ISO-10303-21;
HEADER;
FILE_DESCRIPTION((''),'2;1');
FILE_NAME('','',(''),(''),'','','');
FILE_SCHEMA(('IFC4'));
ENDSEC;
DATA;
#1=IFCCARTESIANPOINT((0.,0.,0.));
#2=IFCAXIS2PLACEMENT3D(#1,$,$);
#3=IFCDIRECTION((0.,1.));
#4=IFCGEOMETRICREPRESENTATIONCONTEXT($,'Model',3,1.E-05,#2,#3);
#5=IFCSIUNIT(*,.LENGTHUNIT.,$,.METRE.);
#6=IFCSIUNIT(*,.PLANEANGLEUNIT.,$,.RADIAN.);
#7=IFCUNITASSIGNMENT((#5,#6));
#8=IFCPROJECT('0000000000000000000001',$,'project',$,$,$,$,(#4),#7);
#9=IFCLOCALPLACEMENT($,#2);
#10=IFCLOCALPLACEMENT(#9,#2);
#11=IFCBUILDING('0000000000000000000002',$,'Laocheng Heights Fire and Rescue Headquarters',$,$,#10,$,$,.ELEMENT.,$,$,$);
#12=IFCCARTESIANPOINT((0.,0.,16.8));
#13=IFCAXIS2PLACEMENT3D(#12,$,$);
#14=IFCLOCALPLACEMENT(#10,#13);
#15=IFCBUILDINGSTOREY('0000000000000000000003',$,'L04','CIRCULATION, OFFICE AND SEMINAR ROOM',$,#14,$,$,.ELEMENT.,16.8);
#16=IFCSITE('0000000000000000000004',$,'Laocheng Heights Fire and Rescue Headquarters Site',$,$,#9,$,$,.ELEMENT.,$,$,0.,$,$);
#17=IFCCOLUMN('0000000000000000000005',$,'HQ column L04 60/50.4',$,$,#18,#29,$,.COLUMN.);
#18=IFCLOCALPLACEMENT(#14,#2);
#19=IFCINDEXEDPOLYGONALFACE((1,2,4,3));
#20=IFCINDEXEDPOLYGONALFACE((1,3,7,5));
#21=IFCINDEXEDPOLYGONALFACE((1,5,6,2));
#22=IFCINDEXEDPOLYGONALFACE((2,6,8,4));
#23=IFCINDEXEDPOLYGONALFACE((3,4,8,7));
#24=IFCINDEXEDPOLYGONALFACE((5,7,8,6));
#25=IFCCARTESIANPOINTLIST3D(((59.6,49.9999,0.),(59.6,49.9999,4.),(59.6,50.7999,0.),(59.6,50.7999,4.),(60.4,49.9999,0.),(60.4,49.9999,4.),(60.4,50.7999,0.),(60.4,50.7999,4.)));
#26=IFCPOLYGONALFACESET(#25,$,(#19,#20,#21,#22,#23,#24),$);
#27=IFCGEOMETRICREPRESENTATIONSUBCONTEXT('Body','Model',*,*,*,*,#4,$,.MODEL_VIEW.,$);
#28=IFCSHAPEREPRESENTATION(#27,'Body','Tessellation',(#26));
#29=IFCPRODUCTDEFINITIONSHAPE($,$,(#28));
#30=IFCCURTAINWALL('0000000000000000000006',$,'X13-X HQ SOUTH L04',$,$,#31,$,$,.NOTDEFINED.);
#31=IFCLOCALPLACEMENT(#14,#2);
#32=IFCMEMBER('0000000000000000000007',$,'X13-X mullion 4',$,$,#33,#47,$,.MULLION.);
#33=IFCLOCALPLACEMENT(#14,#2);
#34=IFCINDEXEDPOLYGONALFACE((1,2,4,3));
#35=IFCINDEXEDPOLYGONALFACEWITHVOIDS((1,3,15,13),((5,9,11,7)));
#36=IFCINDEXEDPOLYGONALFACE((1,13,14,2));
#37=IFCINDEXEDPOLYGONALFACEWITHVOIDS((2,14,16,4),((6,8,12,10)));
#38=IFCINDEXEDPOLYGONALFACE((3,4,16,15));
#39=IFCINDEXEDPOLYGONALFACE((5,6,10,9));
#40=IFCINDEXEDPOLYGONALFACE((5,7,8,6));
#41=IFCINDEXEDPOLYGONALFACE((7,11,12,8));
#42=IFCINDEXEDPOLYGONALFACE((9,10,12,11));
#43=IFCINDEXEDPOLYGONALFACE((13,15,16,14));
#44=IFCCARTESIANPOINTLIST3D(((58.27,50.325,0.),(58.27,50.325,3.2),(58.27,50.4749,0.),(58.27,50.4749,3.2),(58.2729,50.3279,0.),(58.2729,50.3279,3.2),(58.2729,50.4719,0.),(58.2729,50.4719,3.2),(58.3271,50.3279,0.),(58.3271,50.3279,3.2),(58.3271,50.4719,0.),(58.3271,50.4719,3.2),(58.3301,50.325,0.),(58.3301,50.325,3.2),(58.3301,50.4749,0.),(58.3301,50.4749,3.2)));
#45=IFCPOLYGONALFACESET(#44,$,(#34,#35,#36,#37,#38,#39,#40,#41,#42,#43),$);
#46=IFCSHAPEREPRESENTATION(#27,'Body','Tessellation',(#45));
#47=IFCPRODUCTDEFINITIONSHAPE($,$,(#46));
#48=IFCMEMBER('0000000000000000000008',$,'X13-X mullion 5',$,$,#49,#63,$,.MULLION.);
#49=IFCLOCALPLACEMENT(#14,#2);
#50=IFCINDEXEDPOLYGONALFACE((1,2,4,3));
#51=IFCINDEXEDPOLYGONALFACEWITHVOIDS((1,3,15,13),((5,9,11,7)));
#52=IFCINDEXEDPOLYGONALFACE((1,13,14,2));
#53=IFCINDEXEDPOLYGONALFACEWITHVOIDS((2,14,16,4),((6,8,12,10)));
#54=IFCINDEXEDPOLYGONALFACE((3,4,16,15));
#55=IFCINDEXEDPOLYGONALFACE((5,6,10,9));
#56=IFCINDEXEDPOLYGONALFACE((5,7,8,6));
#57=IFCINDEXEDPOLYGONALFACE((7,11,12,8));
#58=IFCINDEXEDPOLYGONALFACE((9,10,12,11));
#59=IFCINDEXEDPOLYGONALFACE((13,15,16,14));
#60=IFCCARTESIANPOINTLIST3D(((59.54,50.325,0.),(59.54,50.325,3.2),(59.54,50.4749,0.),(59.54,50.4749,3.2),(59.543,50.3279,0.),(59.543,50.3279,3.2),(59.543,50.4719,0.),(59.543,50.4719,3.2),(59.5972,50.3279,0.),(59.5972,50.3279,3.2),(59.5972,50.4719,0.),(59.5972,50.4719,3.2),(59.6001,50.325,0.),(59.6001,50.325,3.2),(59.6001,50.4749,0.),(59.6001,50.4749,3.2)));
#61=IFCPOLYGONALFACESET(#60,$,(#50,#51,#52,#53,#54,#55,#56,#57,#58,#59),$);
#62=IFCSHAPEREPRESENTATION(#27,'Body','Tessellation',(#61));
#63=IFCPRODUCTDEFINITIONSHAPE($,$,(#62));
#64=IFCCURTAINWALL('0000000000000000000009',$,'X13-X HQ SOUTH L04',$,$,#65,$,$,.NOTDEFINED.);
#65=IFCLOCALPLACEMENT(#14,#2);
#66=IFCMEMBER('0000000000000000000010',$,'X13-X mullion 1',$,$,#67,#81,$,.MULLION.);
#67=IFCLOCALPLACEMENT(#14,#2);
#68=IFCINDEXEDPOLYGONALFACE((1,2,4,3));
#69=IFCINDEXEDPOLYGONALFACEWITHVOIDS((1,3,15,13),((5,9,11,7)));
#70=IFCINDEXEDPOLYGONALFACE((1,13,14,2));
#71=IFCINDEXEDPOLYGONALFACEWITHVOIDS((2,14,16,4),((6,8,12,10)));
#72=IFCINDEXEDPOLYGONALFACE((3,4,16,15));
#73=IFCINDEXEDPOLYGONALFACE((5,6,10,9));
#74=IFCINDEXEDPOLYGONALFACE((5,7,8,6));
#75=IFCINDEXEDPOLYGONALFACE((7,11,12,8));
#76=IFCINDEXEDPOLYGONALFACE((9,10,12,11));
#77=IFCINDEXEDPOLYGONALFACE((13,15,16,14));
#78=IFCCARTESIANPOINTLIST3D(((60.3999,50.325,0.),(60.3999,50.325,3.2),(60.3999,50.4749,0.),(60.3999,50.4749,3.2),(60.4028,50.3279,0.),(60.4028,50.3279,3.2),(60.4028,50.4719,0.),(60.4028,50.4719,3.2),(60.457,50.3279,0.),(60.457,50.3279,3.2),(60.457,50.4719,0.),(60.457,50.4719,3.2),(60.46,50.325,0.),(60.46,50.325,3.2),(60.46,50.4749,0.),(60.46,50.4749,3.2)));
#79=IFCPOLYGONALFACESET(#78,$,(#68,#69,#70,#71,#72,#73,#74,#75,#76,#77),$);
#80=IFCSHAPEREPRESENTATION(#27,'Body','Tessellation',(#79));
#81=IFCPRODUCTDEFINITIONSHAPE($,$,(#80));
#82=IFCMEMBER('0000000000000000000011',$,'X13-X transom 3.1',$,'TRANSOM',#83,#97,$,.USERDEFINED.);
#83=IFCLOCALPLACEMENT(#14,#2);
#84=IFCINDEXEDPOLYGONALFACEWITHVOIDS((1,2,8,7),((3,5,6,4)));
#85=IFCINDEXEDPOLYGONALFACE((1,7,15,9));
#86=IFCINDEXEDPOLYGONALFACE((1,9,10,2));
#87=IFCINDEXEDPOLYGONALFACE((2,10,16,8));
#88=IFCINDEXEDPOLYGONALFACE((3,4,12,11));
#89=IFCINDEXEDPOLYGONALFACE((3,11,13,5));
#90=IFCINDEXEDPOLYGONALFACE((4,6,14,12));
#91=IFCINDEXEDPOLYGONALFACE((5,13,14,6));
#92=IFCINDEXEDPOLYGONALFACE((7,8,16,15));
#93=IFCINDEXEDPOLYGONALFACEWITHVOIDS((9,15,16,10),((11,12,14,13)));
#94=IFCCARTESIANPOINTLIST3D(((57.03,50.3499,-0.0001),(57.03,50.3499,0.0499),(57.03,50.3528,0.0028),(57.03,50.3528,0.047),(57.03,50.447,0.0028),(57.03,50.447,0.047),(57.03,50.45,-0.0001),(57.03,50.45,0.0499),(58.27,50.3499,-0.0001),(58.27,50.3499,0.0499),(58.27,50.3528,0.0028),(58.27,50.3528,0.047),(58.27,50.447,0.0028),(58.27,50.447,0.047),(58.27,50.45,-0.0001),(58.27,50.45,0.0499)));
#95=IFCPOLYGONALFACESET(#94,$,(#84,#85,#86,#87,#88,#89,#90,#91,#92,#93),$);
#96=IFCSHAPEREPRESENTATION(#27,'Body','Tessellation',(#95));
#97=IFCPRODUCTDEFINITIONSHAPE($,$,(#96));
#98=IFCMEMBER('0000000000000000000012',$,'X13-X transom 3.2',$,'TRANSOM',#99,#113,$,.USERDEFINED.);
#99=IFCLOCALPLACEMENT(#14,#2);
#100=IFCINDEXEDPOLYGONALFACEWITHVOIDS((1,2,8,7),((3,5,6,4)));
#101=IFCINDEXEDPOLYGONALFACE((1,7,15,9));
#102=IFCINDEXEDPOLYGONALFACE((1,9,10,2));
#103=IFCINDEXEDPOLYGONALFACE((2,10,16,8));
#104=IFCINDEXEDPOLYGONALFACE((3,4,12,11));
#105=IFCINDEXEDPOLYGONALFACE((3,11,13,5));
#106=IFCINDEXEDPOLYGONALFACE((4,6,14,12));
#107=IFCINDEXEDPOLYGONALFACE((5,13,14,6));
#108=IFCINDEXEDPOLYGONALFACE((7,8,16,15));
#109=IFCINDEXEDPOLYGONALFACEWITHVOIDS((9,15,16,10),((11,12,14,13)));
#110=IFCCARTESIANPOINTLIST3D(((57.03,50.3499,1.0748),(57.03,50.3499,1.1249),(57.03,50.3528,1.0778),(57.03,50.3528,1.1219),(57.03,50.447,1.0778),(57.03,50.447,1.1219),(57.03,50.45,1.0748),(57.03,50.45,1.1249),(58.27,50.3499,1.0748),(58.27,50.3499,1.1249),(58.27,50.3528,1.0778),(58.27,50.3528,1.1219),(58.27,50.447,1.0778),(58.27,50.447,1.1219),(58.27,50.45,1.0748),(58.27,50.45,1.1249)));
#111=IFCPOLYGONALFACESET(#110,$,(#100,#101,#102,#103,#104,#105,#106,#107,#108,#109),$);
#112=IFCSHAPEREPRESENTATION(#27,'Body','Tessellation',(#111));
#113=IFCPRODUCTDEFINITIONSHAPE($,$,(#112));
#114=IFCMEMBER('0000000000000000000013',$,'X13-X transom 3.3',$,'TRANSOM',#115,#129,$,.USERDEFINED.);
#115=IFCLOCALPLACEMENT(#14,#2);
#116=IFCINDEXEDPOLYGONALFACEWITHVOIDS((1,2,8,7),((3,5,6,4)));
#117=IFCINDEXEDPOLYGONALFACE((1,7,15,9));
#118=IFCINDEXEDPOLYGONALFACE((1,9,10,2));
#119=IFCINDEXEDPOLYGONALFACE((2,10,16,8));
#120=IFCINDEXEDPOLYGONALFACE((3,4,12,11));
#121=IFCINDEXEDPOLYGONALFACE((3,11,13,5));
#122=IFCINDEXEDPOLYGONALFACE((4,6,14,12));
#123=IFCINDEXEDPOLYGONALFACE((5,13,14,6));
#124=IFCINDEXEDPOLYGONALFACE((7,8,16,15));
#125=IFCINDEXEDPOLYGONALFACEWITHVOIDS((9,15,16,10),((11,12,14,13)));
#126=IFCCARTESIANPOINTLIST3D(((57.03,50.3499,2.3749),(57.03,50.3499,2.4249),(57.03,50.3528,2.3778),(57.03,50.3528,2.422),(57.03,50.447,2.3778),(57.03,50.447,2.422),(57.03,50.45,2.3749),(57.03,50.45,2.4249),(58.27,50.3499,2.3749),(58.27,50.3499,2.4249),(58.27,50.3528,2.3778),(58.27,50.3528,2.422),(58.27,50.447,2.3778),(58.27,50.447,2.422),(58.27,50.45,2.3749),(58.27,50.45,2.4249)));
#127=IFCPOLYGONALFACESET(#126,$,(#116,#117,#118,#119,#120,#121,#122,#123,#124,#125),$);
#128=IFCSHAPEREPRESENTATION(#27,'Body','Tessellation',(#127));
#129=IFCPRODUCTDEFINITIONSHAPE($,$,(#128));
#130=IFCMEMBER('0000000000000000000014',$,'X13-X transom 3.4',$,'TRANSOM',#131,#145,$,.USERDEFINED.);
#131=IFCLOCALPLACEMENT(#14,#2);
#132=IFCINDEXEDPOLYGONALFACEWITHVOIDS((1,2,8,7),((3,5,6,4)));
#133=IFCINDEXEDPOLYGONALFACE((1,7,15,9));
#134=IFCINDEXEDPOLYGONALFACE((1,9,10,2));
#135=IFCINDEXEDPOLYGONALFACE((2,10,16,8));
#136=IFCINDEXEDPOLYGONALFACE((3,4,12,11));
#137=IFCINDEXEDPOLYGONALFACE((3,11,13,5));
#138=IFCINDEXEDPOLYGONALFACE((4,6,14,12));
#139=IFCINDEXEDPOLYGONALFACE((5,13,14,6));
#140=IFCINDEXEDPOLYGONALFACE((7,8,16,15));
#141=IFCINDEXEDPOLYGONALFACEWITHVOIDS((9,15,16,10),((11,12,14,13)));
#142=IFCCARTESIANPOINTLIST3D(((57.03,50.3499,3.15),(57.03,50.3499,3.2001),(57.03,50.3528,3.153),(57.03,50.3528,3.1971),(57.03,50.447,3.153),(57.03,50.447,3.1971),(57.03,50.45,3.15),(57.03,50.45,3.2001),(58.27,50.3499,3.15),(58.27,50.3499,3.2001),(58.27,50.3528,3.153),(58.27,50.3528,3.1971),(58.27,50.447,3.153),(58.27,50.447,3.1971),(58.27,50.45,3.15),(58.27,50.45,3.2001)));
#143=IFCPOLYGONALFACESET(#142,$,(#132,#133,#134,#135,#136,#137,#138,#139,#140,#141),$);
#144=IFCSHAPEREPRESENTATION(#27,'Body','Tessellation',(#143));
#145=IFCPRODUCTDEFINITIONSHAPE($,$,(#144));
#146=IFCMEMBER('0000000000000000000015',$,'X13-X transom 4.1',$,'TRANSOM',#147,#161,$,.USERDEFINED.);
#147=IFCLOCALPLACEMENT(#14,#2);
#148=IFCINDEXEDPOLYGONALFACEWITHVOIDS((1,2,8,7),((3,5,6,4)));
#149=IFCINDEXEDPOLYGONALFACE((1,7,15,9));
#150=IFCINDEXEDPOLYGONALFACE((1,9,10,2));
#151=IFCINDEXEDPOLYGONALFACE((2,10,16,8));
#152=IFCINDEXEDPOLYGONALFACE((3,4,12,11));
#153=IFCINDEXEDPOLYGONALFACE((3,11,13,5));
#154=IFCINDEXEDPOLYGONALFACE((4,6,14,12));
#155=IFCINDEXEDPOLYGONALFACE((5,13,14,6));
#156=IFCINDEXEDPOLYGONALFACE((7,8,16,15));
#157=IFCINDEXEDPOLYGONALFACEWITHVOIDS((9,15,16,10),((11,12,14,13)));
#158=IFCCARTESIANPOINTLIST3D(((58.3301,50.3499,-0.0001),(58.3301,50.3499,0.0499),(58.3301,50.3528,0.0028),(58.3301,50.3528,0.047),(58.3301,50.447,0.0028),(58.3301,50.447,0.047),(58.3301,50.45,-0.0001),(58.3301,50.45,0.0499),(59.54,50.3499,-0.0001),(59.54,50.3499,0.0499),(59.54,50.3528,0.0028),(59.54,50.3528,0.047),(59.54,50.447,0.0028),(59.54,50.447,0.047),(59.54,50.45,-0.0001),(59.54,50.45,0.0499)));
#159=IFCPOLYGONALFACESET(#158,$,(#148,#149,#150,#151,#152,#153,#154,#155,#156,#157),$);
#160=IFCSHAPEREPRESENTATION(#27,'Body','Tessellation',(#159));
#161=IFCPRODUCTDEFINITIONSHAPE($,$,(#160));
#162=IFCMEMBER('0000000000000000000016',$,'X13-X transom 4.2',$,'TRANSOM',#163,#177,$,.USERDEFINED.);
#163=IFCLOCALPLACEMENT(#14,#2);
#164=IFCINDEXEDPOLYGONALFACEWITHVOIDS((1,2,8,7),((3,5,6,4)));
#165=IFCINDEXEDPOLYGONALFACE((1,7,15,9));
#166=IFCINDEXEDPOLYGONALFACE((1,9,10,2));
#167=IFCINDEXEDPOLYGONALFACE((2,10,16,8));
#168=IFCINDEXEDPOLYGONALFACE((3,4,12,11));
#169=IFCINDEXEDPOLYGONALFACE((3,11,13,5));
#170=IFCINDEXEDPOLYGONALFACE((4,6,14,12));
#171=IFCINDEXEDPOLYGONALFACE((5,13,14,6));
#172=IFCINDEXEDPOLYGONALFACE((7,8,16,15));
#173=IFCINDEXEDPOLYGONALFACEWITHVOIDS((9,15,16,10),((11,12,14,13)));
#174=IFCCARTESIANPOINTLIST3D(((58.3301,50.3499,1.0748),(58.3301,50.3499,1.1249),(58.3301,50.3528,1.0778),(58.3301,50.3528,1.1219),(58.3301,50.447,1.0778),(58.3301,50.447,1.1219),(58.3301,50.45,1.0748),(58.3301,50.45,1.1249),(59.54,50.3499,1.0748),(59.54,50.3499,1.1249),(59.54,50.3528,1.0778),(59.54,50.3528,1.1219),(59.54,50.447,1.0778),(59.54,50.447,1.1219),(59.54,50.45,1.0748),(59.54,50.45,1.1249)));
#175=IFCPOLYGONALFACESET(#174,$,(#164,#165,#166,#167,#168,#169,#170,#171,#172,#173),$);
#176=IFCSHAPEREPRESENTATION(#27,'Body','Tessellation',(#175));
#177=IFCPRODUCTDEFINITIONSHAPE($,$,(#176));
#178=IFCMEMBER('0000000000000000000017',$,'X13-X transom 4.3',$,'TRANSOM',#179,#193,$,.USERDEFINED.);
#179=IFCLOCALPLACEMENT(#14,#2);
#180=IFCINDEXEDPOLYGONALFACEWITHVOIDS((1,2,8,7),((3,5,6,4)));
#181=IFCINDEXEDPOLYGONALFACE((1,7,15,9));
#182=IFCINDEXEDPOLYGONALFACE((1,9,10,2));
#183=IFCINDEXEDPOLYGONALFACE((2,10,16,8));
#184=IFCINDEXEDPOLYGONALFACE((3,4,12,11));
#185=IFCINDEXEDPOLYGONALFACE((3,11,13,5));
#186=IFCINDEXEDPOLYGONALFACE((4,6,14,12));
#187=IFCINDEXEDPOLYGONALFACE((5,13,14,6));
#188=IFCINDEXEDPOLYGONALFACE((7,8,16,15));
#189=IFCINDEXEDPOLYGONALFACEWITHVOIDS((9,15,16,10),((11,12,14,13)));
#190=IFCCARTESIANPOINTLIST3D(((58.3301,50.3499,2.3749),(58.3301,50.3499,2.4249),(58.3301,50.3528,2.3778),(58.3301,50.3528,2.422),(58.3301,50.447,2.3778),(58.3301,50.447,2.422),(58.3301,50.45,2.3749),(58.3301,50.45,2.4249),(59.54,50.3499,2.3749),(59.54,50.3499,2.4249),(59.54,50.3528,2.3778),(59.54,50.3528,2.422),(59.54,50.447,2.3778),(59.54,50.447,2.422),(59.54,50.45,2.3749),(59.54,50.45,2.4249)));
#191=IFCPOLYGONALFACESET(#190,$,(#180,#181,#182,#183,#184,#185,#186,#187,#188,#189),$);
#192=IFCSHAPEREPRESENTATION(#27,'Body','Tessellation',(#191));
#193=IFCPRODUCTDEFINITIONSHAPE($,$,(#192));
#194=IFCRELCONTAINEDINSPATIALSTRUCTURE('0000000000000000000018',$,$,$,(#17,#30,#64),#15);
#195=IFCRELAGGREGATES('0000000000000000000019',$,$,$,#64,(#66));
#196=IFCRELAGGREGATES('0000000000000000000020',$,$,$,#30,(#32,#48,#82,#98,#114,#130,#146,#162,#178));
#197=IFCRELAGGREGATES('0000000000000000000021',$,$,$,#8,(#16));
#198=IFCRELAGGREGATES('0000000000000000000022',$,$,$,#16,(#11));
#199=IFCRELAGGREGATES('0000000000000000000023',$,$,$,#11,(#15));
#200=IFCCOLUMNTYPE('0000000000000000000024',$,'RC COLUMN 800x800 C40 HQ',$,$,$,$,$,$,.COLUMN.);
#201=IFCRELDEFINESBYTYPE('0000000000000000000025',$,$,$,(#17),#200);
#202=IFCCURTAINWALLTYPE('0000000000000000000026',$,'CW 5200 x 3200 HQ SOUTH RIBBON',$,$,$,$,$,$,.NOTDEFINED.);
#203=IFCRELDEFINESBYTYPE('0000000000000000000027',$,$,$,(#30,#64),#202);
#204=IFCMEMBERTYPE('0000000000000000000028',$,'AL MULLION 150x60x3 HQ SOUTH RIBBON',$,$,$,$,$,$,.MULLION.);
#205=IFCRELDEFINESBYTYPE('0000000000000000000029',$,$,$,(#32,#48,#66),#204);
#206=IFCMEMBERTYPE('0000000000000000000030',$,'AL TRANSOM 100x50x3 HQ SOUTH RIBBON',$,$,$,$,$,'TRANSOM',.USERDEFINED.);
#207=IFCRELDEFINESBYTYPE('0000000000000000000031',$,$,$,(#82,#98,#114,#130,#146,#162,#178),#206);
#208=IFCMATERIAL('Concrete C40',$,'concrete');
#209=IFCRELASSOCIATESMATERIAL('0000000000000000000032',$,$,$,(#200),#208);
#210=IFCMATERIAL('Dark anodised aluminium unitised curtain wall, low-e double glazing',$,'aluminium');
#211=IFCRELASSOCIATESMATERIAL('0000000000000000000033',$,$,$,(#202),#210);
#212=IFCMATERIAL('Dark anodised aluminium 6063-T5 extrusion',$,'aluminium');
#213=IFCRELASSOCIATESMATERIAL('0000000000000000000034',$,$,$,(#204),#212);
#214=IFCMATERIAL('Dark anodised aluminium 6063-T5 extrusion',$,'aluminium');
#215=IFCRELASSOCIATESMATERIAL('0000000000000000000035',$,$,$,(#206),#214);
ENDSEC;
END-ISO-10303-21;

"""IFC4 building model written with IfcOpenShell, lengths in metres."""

from ifc_helpers import new_model, si_unit, direction, frame, origin, origin_2d, place, context, subcontext, project, spatial, rectangle, hollow_rectangle, extrude, material, material_profile, profile_set, type_object, element, aggregate, save


model = new_model("IFC4")

# Units and contexts
model_context = context("Model", 3, precision=1e-05, world=origin(), true_north=direction((0.0, 1.0)))
body_context = subcontext(model_context, "Body", "Model", "MODEL_VIEW")
ifc_project = project(units=[si_unit("LENGTHUNIT", "METRE"), si_unit("PLANEANGLEUNIT", "RADIAN")], contexts=[model_context])

# Site, building, storey
site_placement = place(None, origin())
site = spatial("IfcSite", under=ifc_project, at=site_placement, Name="Laocheng Heights Fire and Rescue Headquarters Site", CompositionType="ELEMENT", RefElevation=0.0)
building_placement = place(site_placement, origin())
building = spatial("IfcBuilding", under=site, at=building_placement, Name="Laocheng Heights Fire and Rescue Headquarters", CompositionType="ELEMENT")
storey_placement = place(building_placement, frame((0.0, 0.0, 16.8)))
storey = spatial("IfcBuildingStorey", under=building, at=storey_placement, Name="L04", Description="CIRCULATION, OFFICE AND SEMINAR ROOM", CompositionType="ELEMENT", Elevation=16.8)

# Column
ifc_material_1 = material(Name="Concrete C40", Category="concrete")
ifc_material_profile_1 = material_profile(ifc_material_1, rectangle(XDim=0.8, YDim=0.8, at=origin_2d()), Name="RC COLUMN 800x800 C40 HQ")
ifc_profile_set_1 = profile_set([ifc_material_profile_1], Name="Concrete C40")
column_type = type_object("IfcColumnType", Name="RC COLUMN 800x800 C40 HQ", PredefinedType="COLUMN", material=ifc_profile_set_1)
column_placement = place(storey_placement, frame((60.0, 50.3999, 0.0), z_axis=(0.0, 0.0, 1.0), x_axis=(1.0, 0.0, 0.0)))
element("IfcColumn", 1, at=column_placement, inside=storey, type_object=column_type, Name="HQ column L04 60/50.4", PredefinedType="COLUMN", context=body_context, shape_type="SweptSolid", body=[
    extrude(rectangle(XDim=0.8, YDim=0.8, at=origin_2d()), origin(), (0.0, 0.0, 1.0), 4.0),
])

# Curtain wall, members
ifc_material_2 = material(Name="Dark anodised aluminium unitised curtain wall, low-e double glazing", Category="aluminium")
curtain_wall_type = type_object("IfcCurtainWallType", Name="CW 5200 x 3200 HQ SOUTH RIBBON", PredefinedType="NOTDEFINED", material=ifc_material_2)
curtain_wall_1_placement = place(storey_placement, origin())
curtain_wall_1 = element("IfcCurtainWall", 2, at=curtain_wall_1_placement, inside=storey, type_object=curtain_wall_type, Name="X13-X HQ SOUTH L04", PredefinedType="NOTDEFINED")
ifc_material_3 = material(Name="Dark anodised aluminium 6063-T5 extrusion", Category="aluminium")
ifc_material_profile_2 = material_profile(ifc_material_3, hollow_rectangle(XDim=0.1499, YDim=0.0601, WallThickness=0.0029, at=origin_2d()), Name="AL MULLION 150x60x3 HQ SOUTH RIBBON")
ifc_profile_set_2 = profile_set([ifc_material_profile_2], Name="Dark anodised aluminium 6063-T5 extrusion")
member_type_1 = type_object("IfcMemberType", Name="AL MULLION 150x60x3 HQ SOUTH RIBBON", PredefinedType="MULLION", material=ifc_profile_set_2)
member_1_placement = place(storey_placement, frame((58.3, 50.3999, 0.0), z_axis=(0.0, 0.0, 1.0), x_axis=(0.0, 1.0, 0.0)))
member_1 = element("IfcMember", 3, at=member_1_placement, type_object=member_type_1, Name="X13-X mullion 4", PredefinedType="MULLION", context=body_context, shape_type="SweptSolid", body=[
    extrude(hollow_rectangle(XDim=0.1499, YDim=0.0601, WallThickness=0.0029, at=origin_2d()), origin(), (0.0, 0.0, 1.0), 3.2),
])
member_2_placement = place(storey_placement, frame((59.5701, 50.3999, 0.0), z_axis=(0.0, 0.0, 1.0), x_axis=(0.0, 1.0, 0.0)))
member_2 = element("IfcMember", 4, at=member_2_placement, type_object=member_type_1, Name="X13-X mullion 5", PredefinedType="MULLION", context=body_context, shape_type="SweptSolid", body=[
    extrude(hollow_rectangle(XDim=0.1499, YDim=0.0601, WallThickness=0.0029, at=origin_2d()), origin(), (0.0, 0.0, 1.0), 3.2),
])

# Curtain wall, member
curtain_wall_2_placement = place(storey_placement, origin())
curtain_wall_2 = element("IfcCurtainWall", 5, at=curtain_wall_2_placement, inside=storey, type_object=curtain_wall_type, Name="X13-X HQ SOUTH L04", PredefinedType="NOTDEFINED")
member_3_placement = place(storey_placement, frame((60.4299, 50.3999, 0.0), z_axis=(0.0, 0.0, 1.0), x_axis=(0.0, 1.0, 0.0)))
member_3 = element("IfcMember", 6, at=member_3_placement, type_object=member_type_1, Name="X13-X mullion 1", PredefinedType="MULLION", context=body_context, shape_type="SweptSolid", body=[
    extrude(hollow_rectangle(XDim=0.1499, YDim=0.0601, WallThickness=0.0029, at=origin_2d()), origin(), (0.0, 0.0, 1.0), 3.2),
])

# Members
ifc_material_4 = material(Name="Dark anodised aluminium 6063-T5 extrusion", Category="aluminium")
ifc_material_profile_3 = material_profile(ifc_material_4, hollow_rectangle(XDim=0.1001, YDim=0.05, WallThickness=0.0029, at=origin_2d()), Name="AL TRANSOM 100x50x3 HQ SOUTH RIBBON")
ifc_profile_set_3 = profile_set([ifc_material_profile_3], Name="Dark anodised aluminium 6063-T5 extrusion")
member_type_2 = type_object("IfcMemberType", Name="AL TRANSOM 100x50x3 HQ SOUTH RIBBON", ElementType="TRANSOM", PredefinedType="USERDEFINED", material=ifc_profile_set_3)
member_4_placement = place(storey_placement, frame((57.03, 50.3999, 0.0249), z_axis=(1.0, 0.0, 0.0), x_axis=(0.0, 1.0, 0.0)))
member_4 = element("IfcMember", 7, at=member_4_placement, type_object=member_type_2, Name="X13-X transom 3.1", ObjectType="TRANSOM", PredefinedType="USERDEFINED", context=body_context, shape_type="SweptSolid", body=[
    extrude(hollow_rectangle(XDim=0.1001, YDim=0.05, WallThickness=0.0029, at=origin_2d()), origin(), (0.0, 0.0, 1.0), 1.24),
])
member_5_placement = place(storey_placement, frame((57.03, 50.3999, 1.0999), z_axis=(1.0, 0.0, 0.0), x_axis=(0.0, 1.0, 0.0)))
member_5 = element("IfcMember", 8, at=member_5_placement, type_object=member_type_2, Name="X13-X transom 3.2", ObjectType="TRANSOM", PredefinedType="USERDEFINED", context=body_context, shape_type="SweptSolid", body=[
    extrude(hollow_rectangle(XDim=0.1001, YDim=0.05, WallThickness=0.0029, at=origin_2d()), origin(), (0.0, 0.0, 1.0), 1.24),
])
member_6_placement = place(storey_placement, frame((57.03, 50.3999, 2.3999), z_axis=(1.0, 0.0, 0.0), x_axis=(0.0, 1.0, 0.0)))
member_6 = element("IfcMember", 9, at=member_6_placement, type_object=member_type_2, Name="X13-X transom 3.3", ObjectType="TRANSOM", PredefinedType="USERDEFINED", context=body_context, shape_type="SweptSolid", body=[
    extrude(hollow_rectangle(XDim=0.1001, YDim=0.05, WallThickness=0.0029, at=origin_2d()), origin(), (0.0, 0.0, 1.0), 1.24),
])
member_7_placement = place(storey_placement, frame((57.03, 50.3999, 3.175), z_axis=(1.0, 0.0, 0.0), x_axis=(0.0, 1.0, 0.0)))
member_7 = element("IfcMember", 10, at=member_7_placement, type_object=member_type_2, Name="X13-X transom 3.4", ObjectType="TRANSOM", PredefinedType="USERDEFINED", context=body_context, shape_type="SweptSolid", body=[
    extrude(hollow_rectangle(XDim=0.1001, YDim=0.05, WallThickness=0.0029, at=origin_2d()), origin(), (0.0, 0.0, 1.0), 1.24),
])
member_8_placement = place(storey_placement, frame((58.3301, 50.3999, 0.0249), z_axis=(1.0, 0.0, 0.0), x_axis=(0.0, 1.0, 0.0)))
member_8 = element("IfcMember", 11, at=member_8_placement, type_object=member_type_2, Name="X13-X transom 4.1", ObjectType="TRANSOM", PredefinedType="USERDEFINED", context=body_context, shape_type="SweptSolid", body=[
    extrude(hollow_rectangle(XDim=0.1001, YDim=0.05, WallThickness=0.0029, at=origin_2d()), origin(), (0.0, 0.0, 1.0), 1.21),
])
member_9_placement = place(storey_placement, frame((58.3301, 50.3999, 1.0999), z_axis=(1.0, 0.0, 0.0), x_axis=(0.0, 1.0, 0.0)))
member_9 = element("IfcMember", 12, at=member_9_placement, type_object=member_type_2, Name="X13-X transom 4.2", ObjectType="TRANSOM", PredefinedType="USERDEFINED", context=body_context, shape_type="SweptSolid", body=[
    extrude(hollow_rectangle(XDim=0.1001, YDim=0.05, WallThickness=0.0029, at=origin_2d()), origin(), (0.0, 0.0, 1.0), 1.21),
])
member_10_placement = place(storey_placement, frame((58.3301, 50.3999, 2.3999), z_axis=(1.0, 0.0, 0.0), x_axis=(0.0, 1.0, 0.0)))
member_10 = element("IfcMember", 13, at=member_10_placement, type_object=member_type_2, Name="X13-X transom 4.3", ObjectType="TRANSOM", PredefinedType="USERDEFINED", context=body_context, shape_type="SweptSolid", body=[
    extrude(hollow_rectangle(XDim=0.1001, YDim=0.05, WallThickness=0.0029, at=origin_2d()), origin(), (0.0, 0.0, 1.0), 1.21),
])

aggregate(curtain_wall_2, [member_3])
aggregate(curtain_wall_1, [member_1, member_2, member_4, member_5, member_6, member_7, member_8, member_9, member_10])

save(model, "model.ifc")
